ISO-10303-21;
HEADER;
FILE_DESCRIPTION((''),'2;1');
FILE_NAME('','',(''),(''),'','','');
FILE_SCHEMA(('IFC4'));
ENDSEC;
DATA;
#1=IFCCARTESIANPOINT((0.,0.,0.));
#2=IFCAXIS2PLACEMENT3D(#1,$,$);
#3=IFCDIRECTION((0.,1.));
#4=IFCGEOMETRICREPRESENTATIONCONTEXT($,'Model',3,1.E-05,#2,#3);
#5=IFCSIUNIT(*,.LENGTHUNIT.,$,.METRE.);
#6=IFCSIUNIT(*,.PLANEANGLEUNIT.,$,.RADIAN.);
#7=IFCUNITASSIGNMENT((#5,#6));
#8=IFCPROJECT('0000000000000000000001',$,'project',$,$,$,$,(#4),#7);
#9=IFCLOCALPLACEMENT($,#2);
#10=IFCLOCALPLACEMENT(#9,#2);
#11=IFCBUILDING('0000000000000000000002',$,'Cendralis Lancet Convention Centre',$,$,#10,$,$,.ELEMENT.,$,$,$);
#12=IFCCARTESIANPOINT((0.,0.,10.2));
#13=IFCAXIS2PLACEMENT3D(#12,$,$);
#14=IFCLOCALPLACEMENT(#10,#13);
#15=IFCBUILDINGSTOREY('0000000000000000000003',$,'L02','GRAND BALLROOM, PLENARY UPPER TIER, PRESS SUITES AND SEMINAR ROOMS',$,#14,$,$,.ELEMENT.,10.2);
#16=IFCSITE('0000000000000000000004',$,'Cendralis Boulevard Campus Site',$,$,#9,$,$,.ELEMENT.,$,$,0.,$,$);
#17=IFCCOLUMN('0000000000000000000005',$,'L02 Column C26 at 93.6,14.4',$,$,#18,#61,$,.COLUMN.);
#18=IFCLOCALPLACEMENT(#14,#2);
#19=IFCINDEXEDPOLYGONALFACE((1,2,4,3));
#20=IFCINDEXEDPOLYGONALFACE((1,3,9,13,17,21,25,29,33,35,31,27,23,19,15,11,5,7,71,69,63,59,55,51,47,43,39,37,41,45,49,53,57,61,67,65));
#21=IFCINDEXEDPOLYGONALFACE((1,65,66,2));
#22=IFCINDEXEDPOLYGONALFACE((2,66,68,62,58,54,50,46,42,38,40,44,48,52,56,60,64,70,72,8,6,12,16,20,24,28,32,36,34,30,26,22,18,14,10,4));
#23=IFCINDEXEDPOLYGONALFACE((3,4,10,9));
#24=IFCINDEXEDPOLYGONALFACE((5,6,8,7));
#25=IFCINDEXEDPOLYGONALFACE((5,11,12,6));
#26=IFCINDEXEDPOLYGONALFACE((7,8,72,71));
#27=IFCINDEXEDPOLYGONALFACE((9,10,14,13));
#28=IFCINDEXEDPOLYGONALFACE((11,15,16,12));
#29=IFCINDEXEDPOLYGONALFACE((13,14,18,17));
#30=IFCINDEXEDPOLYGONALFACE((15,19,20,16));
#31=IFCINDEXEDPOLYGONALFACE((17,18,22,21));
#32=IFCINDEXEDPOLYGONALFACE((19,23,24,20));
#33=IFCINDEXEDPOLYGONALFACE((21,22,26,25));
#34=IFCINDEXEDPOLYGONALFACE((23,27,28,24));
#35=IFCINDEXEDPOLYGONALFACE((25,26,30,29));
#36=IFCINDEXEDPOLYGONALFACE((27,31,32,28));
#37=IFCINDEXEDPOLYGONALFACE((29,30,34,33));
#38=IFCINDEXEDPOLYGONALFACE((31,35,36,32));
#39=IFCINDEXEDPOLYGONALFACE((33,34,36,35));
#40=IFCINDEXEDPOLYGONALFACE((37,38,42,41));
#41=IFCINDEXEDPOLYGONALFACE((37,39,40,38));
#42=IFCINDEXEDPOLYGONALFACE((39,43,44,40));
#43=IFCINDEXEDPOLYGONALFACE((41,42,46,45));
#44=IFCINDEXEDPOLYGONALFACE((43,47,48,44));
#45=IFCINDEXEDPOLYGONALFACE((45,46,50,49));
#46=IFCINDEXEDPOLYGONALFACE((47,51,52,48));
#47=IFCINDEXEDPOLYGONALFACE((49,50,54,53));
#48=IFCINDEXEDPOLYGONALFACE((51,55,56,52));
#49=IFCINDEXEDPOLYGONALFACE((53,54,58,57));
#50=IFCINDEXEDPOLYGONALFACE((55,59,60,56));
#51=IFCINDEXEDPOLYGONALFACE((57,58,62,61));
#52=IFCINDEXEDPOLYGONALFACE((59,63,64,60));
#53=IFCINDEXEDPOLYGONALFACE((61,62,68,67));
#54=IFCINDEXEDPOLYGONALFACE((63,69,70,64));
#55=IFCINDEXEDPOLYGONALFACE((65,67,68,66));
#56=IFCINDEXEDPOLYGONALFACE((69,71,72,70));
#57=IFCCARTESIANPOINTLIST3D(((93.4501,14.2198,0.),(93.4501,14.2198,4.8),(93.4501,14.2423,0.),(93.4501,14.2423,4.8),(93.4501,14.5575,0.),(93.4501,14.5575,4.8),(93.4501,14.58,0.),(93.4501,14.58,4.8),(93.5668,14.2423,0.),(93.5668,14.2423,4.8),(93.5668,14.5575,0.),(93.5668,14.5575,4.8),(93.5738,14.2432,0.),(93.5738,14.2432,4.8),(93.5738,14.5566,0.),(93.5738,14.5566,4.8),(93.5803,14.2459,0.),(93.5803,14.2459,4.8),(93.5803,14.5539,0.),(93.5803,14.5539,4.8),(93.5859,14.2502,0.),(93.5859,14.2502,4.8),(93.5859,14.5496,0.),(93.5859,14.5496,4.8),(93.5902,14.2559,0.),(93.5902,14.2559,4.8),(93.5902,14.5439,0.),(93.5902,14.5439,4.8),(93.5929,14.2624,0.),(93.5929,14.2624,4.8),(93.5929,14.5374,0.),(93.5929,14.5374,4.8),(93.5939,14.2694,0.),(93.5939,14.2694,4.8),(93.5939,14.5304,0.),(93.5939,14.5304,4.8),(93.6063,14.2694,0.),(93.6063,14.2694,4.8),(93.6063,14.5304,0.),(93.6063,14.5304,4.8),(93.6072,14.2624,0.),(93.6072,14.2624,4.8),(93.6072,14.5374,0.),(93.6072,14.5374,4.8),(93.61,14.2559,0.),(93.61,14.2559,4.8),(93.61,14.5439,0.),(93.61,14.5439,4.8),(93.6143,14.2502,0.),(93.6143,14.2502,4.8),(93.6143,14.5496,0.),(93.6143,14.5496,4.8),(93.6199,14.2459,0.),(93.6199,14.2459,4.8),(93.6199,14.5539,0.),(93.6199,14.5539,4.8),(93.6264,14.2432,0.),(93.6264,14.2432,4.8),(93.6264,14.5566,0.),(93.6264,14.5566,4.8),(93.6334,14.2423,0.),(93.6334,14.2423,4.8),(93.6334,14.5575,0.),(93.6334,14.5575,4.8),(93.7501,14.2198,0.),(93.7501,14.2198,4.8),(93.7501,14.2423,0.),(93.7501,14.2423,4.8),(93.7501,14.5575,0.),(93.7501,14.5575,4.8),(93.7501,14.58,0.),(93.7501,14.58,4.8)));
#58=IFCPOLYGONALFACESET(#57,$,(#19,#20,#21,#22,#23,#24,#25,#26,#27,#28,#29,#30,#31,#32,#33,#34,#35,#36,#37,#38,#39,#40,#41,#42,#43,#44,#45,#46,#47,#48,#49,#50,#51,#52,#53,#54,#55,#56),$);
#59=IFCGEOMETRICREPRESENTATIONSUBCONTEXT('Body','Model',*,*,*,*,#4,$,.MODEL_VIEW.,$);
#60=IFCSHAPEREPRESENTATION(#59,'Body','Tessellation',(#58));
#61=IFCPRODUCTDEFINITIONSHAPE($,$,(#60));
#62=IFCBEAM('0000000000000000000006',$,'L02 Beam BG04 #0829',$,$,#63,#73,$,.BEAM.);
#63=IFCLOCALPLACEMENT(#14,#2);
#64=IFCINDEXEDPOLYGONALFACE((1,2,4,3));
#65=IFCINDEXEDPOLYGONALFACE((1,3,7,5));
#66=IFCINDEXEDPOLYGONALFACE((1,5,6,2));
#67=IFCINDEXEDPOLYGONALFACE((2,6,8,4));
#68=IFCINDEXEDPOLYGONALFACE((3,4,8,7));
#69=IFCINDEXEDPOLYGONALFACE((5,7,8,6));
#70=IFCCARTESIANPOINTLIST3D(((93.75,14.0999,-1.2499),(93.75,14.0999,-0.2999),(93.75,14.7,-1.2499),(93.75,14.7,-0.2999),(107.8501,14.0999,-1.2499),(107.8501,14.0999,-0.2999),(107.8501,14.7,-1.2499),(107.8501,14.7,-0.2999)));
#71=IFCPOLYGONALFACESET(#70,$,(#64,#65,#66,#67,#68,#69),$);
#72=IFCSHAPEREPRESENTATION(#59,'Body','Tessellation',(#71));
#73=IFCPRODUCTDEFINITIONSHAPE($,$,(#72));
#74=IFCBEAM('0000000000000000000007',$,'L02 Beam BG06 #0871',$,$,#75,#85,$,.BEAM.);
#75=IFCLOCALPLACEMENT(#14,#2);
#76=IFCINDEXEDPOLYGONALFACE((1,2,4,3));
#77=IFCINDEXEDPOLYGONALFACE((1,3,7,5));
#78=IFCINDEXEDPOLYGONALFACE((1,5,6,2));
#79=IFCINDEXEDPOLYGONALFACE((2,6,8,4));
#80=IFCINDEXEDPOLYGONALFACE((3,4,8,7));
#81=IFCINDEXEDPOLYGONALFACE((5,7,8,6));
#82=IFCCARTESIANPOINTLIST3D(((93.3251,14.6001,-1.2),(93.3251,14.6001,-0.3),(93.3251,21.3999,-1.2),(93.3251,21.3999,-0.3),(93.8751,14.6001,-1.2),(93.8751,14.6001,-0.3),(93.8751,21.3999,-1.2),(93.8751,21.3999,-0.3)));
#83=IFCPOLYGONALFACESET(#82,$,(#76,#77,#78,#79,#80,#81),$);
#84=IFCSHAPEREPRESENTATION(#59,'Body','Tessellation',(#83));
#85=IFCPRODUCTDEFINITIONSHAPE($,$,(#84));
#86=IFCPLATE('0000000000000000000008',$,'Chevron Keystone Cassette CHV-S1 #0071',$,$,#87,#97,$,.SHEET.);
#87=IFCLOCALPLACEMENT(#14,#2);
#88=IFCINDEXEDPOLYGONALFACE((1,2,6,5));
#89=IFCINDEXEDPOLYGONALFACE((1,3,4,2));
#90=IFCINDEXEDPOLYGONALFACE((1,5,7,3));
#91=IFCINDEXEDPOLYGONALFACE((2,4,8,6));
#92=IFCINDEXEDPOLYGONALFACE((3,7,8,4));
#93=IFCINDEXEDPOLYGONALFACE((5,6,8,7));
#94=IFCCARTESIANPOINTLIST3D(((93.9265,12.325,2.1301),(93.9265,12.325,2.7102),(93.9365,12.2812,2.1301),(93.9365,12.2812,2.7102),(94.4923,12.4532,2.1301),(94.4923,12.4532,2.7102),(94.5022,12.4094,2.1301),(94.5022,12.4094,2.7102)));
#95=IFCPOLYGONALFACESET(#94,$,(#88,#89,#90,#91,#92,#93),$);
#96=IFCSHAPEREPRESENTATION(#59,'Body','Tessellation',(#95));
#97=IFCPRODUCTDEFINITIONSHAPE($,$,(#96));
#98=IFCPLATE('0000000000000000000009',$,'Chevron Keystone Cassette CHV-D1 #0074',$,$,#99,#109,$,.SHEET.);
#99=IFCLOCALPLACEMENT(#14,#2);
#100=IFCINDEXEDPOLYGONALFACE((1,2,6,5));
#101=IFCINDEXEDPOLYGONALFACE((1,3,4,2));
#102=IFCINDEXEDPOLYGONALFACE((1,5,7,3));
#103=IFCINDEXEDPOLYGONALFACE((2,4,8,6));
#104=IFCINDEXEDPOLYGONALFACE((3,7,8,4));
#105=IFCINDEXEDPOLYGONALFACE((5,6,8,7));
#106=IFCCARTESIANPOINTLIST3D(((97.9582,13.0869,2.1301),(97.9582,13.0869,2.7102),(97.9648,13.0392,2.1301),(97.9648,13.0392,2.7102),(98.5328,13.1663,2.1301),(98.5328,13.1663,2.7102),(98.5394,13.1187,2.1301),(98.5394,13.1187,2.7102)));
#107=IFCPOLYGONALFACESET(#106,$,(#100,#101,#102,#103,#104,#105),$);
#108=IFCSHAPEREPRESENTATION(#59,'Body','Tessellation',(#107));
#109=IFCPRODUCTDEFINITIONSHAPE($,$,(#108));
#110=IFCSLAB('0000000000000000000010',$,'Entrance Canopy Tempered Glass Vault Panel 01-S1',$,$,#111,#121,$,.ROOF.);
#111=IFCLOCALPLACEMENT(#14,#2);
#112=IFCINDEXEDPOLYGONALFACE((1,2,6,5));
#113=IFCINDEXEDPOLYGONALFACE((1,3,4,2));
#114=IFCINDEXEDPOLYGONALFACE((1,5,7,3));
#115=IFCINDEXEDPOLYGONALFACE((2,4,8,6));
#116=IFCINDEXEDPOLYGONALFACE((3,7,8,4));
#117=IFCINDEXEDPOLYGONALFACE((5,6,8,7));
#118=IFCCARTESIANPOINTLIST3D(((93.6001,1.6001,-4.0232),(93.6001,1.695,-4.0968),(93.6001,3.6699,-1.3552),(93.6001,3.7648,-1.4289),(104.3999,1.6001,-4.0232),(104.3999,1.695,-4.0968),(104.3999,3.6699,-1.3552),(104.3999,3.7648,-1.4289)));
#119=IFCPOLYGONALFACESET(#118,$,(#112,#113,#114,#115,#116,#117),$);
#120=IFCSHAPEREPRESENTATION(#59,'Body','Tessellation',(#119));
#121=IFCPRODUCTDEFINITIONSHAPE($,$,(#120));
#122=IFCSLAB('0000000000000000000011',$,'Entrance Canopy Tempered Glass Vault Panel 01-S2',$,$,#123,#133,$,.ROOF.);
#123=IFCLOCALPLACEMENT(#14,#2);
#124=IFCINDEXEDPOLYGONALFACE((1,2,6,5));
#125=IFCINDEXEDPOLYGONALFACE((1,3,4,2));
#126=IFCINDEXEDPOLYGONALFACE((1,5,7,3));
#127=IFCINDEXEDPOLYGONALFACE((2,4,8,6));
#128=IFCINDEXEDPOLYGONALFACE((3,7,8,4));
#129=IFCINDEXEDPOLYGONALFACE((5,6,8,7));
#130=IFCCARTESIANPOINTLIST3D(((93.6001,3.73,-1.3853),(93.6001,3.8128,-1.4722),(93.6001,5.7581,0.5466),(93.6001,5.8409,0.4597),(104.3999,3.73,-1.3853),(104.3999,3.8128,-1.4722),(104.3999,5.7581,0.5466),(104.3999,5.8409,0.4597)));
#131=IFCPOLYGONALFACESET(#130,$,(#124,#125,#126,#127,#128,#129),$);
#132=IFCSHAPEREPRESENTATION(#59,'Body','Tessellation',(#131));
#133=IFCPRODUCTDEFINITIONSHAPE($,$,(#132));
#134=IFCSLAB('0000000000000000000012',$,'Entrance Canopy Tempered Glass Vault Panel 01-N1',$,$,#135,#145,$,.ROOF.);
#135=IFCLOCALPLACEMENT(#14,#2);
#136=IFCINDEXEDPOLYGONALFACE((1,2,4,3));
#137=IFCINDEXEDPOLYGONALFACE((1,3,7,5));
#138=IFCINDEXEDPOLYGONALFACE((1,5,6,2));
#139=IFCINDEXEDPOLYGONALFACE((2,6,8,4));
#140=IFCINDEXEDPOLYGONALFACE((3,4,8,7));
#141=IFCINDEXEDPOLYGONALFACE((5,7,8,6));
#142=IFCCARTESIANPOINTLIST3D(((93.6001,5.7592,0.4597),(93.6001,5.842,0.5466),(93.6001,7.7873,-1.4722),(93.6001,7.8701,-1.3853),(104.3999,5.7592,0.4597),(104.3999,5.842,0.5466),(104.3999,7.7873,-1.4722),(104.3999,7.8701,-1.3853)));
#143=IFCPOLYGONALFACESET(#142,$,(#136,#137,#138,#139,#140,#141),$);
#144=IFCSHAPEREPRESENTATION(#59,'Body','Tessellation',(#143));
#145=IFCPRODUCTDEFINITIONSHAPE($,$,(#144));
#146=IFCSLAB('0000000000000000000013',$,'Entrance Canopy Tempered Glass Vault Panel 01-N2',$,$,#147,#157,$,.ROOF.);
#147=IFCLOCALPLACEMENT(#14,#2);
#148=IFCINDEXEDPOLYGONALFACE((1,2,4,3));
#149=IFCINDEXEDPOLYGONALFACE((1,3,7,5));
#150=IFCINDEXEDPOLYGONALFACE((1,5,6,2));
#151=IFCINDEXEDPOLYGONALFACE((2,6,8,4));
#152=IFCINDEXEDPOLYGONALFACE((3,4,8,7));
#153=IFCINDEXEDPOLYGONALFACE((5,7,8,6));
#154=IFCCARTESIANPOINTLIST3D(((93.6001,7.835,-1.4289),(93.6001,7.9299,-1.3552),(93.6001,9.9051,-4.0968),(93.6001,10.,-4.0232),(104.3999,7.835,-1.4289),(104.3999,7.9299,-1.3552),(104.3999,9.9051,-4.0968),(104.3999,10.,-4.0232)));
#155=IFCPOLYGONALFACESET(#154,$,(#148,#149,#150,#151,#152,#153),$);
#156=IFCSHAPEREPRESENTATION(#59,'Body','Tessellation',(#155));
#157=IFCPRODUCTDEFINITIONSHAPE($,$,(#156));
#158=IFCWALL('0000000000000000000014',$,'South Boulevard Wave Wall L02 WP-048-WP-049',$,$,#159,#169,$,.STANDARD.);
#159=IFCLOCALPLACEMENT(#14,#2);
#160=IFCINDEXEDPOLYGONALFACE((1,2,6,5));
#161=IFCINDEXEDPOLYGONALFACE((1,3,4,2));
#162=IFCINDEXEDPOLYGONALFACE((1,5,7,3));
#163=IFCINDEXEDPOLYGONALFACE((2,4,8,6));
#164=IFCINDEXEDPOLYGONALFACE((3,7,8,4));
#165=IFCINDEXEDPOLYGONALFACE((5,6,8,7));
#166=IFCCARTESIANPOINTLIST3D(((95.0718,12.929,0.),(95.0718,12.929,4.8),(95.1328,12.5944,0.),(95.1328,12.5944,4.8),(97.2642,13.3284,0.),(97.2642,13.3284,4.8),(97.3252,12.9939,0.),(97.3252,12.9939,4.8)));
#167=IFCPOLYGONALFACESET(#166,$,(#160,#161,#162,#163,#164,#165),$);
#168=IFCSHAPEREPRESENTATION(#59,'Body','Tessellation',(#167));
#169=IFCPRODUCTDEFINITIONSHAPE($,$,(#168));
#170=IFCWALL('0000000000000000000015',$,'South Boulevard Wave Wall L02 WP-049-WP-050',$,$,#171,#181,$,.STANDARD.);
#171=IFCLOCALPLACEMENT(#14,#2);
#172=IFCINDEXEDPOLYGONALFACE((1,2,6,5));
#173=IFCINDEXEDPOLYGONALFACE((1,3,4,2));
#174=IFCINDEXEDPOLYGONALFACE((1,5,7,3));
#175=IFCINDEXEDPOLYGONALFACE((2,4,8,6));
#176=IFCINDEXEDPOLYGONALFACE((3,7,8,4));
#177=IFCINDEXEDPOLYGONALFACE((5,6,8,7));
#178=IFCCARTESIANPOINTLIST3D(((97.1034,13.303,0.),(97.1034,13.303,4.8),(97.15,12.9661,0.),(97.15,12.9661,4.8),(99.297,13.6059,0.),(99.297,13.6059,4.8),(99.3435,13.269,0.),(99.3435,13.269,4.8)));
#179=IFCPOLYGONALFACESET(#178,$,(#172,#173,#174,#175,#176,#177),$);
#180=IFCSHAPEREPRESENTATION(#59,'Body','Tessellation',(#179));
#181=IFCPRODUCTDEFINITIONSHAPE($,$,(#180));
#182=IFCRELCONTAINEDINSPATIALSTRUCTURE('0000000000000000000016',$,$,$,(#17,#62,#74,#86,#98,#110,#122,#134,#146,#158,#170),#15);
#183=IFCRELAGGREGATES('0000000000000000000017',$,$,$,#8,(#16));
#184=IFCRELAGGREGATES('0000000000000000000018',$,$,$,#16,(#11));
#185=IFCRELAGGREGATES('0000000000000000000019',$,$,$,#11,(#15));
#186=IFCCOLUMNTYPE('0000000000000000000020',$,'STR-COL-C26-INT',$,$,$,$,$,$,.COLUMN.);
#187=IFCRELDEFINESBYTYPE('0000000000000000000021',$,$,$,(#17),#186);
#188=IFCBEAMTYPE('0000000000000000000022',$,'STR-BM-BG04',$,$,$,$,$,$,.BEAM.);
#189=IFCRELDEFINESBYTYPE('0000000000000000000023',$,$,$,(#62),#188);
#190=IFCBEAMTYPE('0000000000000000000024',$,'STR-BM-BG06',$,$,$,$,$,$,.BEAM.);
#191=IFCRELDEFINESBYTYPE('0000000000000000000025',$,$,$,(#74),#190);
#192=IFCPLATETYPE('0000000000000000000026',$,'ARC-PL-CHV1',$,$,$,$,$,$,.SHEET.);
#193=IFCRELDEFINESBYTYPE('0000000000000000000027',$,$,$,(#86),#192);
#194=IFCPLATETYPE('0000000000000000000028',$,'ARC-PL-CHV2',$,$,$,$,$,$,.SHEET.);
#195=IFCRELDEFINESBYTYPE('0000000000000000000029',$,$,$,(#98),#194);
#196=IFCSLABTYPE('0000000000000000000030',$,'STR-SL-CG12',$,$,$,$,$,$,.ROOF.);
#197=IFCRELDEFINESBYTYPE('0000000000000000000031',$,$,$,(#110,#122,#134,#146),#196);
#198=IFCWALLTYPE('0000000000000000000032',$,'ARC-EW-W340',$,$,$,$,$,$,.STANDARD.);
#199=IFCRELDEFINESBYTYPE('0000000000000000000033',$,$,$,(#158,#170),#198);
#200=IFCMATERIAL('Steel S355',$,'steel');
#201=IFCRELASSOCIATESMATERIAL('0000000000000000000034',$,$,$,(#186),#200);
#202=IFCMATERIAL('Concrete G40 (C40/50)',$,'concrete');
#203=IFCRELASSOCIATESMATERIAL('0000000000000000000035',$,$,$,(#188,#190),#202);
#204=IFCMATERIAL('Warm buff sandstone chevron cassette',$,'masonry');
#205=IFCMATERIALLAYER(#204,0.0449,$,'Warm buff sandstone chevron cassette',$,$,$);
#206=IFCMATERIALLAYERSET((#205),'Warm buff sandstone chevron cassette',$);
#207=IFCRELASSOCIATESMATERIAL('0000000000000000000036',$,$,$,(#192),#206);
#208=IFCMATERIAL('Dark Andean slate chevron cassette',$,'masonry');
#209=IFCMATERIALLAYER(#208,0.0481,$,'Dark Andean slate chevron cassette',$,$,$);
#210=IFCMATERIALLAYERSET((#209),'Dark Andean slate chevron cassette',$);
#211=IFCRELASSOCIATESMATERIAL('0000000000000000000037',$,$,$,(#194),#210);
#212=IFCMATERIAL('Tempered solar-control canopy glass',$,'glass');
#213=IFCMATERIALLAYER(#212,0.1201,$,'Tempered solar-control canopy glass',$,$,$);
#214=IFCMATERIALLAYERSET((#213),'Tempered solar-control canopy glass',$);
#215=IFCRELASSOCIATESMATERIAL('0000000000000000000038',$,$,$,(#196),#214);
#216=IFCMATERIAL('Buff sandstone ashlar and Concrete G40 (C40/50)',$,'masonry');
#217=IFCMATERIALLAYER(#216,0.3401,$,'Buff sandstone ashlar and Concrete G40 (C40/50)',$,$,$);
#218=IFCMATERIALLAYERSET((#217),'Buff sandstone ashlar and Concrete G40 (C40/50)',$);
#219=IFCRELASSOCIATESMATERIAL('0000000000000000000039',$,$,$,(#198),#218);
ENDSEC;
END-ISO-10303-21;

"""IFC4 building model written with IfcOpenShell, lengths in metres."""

from ifc_helpers import new_model, si_unit, direction, frame, frame_2d, origin, origin_2d, place, context, subcontext, project, spatial, polyline, rectangle, i_section, outline, extrude, material, layer, layer_set, material_profile, profile_set, type_object, element, save


model = new_model("IFC4")

# Units and contexts
model_context = context("Model", 3, precision=1e-05, world=origin(), true_north=direction((0.0, 1.0)))
body_context = subcontext(model_context, "Body", "Model", "MODEL_VIEW")
ifc_project = project(units=[si_unit("LENGTHUNIT", "METRE"), si_unit("PLANEANGLEUNIT", "RADIAN")], contexts=[model_context])

# Site, building, storey
site_placement = place(None, origin())
site = spatial("IfcSite", under=ifc_project, at=site_placement, Name="Cendralis Boulevard Campus Site", CompositionType="ELEMENT", RefElevation=0.0)
building_placement = place(site_placement, origin())
building = spatial("IfcBuilding", under=site, at=building_placement, Name="Cendralis Lancet Convention Centre", CompositionType="ELEMENT")
storey_placement = place(building_placement, frame((0.0, 0.0, 10.2)))
storey = spatial("IfcBuildingStorey", under=building, at=storey_placement, Name="L02", Description="GRAND BALLROOM, PLENARY UPPER TIER, PRESS SUITES AND SEMINAR ROOMS", CompositionType="ELEMENT", Elevation=10.2)

# Column
ifc_material_1 = material(Name="Steel S355", Category="steel")
ifc_material_profile_1 = material_profile(ifc_material_1, i_section(OverallWidth=0.3, OverallDepth=0.3601, WebThickness=0.0125, FlangeThickness=0.0225, FilletRadius=0.0271, at=origin_2d()), Name="HEB 360")
ifc_profile_set_1 = profile_set([ifc_material_profile_1], Name="Steel S355")
column_type = type_object("IfcColumnType", Name="STR-COL-C26-INT", PredefinedType="COLUMN", material=ifc_profile_set_1)
column_placement = place(storey_placement, frame((93.6001, 14.3999, 0.0), z_axis=(0.0, 0.0, 1.0), x_axis=(1.0, 0.0, 0.0)))
element("IfcColumn", 1, at=column_placement, inside=storey, type_object=column_type, Name="L02 Column C26 at 93.6,14.4", PredefinedType="COLUMN", context=body_context, shape_type="SweptSolid", body=[
    extrude(i_section(OverallWidth=0.3, OverallDepth=0.3601, WebThickness=0.0125, FlangeThickness=0.0225, FilletRadius=0.0271, at=origin_2d()), origin(), (0.0, 0.0, 1.0), 4.8),
])

# Beams
ifc_material_2 = material(Name="Concrete G40 (C40/50)", Category="concrete")
ifc_material_profile_2 = material_profile(ifc_material_2, rectangle(XDim=0.6001, YDim=0.95, at=origin_2d()), Name="RCB 600x950")
ifc_profile_set_2 = profile_set([ifc_material_profile_2], Name="Concrete G40 (C40/50)")
beam_type_1 = type_object("IfcBeamType", Name="STR-BM-BG04", PredefinedType="BEAM", material=ifc_profile_set_2)
beam_1_placement = place(storey_placement, frame((93.75, 14.3999, -0.7749), z_axis=(1.0, 0.0, 0.0), x_axis=(0.0, 1.0, 0.0)))
element("IfcBeam", 2, at=beam_1_placement, inside=storey, type_object=beam_type_1, Name="L02 Beam BG04 #0829", PredefinedType="BEAM", context=body_context, shape_type="SweptSolid", body=[
    extrude(rectangle(XDim=0.6001, YDim=0.95, at=origin_2d()), origin(), (0.0, 0.0, 1.0), 14.1001),
])
ifc_material_profile_3 = material_profile(ifc_material_2, rectangle(XDim=0.55, YDim=0.8999, at=origin_2d()), Name="RCB 550x900")
ifc_profile_set_3 = profile_set([ifc_material_profile_3], Name="Concrete G40 (C40/50)")
beam_type_2 = type_object("IfcBeamType", Name="STR-BM-BG06", PredefinedType="BEAM", material=ifc_profile_set_3)
beam_2_placement = place(storey_placement, frame((93.6001, 14.6001, -0.75), z_axis=(0.0, 1.0, 0.0), x_axis=(-1.0, 0.0, 0.0)))
element("IfcBeam", 3, at=beam_2_placement, inside=storey, type_object=beam_type_2, Name="L02 Beam BG06 #0871", PredefinedType="BEAM", context=body_context, shape_type="SweptSolid", body=[
    extrude(rectangle(XDim=0.55, YDim=0.8999, at=origin_2d()), origin(), (0.0, 0.0, 1.0), 6.7998),
])

# Plates
ifc_material_3 = material(Name="Warm buff sandstone chevron cassette", Category="masonry")
ifc_layer_1 = layer(ifc_material_3, 0.0449, Name="Warm buff sandstone chevron cassette")
ifc_layer_set_1 = layer_set([ifc_layer_1], Name="Warm buff sandstone chevron cassette")
plate_type_1 = type_object("IfcPlateType", Name="ARC-PL-CHV1", PredefinedType="SHEET", material=ifc_layer_set_1)
plate_1_placement = place(storey_placement, frame((94.2144, 12.3672, 2.1301), z_axis=(0.0, 0.0, 1.0), x_axis=(0.975261, 0.221055, 0.0)))
element("IfcPlate", 4, at=plate_1_placement, inside=storey, type_object=plate_type_1, Name="Chevron Keystone Cassette CHV-S1 #0071", PredefinedType="SHEET", context=body_context, shape_type="SweptSolid", body=[
    extrude(rectangle(XDim=0.5801, YDim=0.0449, at=origin_2d()), origin(), (0.0, 0.0, 1.0), 0.5801),
])
ifc_material_4 = material(Name="Dark Andean slate chevron cassette", Category="masonry")
ifc_layer_2 = layer(ifc_material_4, 0.0481, Name="Dark Andean slate chevron cassette")
ifc_layer_set_2 = layer_set([ifc_layer_2], Name="Dark Andean slate chevron cassette")
plate_type_2 = type_object("IfcPlateType", Name="ARC-PL-CHV2", PredefinedType="SHEET", material=ifc_layer_set_2)
plate_2_placement = place(storey_placement, frame((98.2488, 13.1028, 2.1301), z_axis=(0.0, 0.0, 1.0), x_axis=(0.990577, 0.13696, 0.0)))
element("IfcPlate", 5, at=plate_2_placement, inside=storey, type_object=plate_type_2, Name="Chevron Keystone Cassette CHV-D1 #0074", PredefinedType="SHEET", context=body_context, shape_type="SweptSolid", body=[
    extrude(rectangle(XDim=0.5801, YDim=0.0481, at=origin_2d()), origin(), (0.0, 0.0, 1.0), 0.5801),
])

# Slabs
ifc_material_5 = material(Name="Tempered solar-control canopy glass", Category="glass")
ifc_layer_3 = layer(ifc_material_5, 0.1201, Name="Tempered solar-control canopy glass")
ifc_layer_set_3 = layer_set([ifc_layer_3], Name="Tempered solar-control canopy glass")
slab_type = type_object("IfcSlabType", Name="STR-SL-CG12", PredefinedType="ROOF", material=ifc_layer_set_3)
slab_1_placement = place(storey_placement, frame((93.6001, 1.6001, -4.0232), z_axis=(0.0, -0.790107, 0.612969), x_axis=(1.0, 0.0, 0.0)))
element("IfcSlab", 6, at=slab_1_placement, inside=storey, type_object=slab_type, Name="Entrance Canopy Tempered Glass Vault Panel 01-S1", PredefinedType="ROOF", context=body_context, shape_type="SweptSolid", body=[
    extrude(outline(polyline([(0.0, 0.0), (10.7998, 0.0), (10.7998, 3.3767), (0.0, 3.3767), (0.0, 0.0)])), origin(), (0.0, 0.0, -1.0), 0.1201),
])
for number, where, z_axis, x_axis, name in (
    (7, (93.6001, 3.73, -1.3853), (0.0, -0.689727, 0.72407), (1.0, 0.0, 0.0), "Entrance Canopy Tempered Glass Vault Panel 01-S2"),
    (8, (93.6001, 5.842, 0.5466), (0.0, 0.689727, 0.72407), (1.0, 0.0, 0.0), "Entrance Canopy Tempered Glass Vault Panel 01-N1"),
):
    element("IfcSlab", number, at=place(storey_placement, frame(where, z_axis=z_axis, x_axis=x_axis)), inside=storey, type_object=slab_type, Name=name, PredefinedType="ROOF", context=body_context, shape_type="SweptSolid", body=[
        extrude(outline(polyline([(0.0, 0.0), (10.7998, 0.0), (10.7998, 2.8009), (0.0, 2.8009), (0.0, 0.0)])), origin(), (0.0, 0.0, -1.0), 0.1201),
    ])
slab_2_placement = place(storey_placement, frame((93.6001, 7.9299, -1.3552), z_axis=(0.0, 0.790072, 0.613014), x_axis=(1.0, 0.0, 0.0)))
element("IfcSlab", 9, at=slab_2_placement, inside=storey, type_object=slab_type, Name="Entrance Canopy Tempered Glass Vault Panel 01-N2", PredefinedType="ROOF", context=body_context, shape_type="SweptSolid", body=[
    extrude(outline(polyline([(0.0, 0.0), (10.7998, 0.0), (10.7998, 3.3769), (0.0, 3.3769), (0.0, 0.0)])), origin(), (0.0, 0.0, -1.0), 0.1201),
])

# Walls
ifc_material_6 = material(Name="Buff sandstone ashlar and Concrete G40 (C40/50)", Category="masonry")
ifc_layer_4 = layer(ifc_material_6, 0.3401, Name="Buff sandstone ashlar and Concrete G40 (C40/50)")
ifc_layer_set_4 = layer_set([ifc_layer_4], Name="Buff sandstone ashlar and Concrete G40 (C40/50)")
wall_type = type_object("IfcWallType", Name="ARC-EW-W340", PredefinedType="STANDARD", material=ifc_layer_set_4)
wall_1_placement = place(storey_placement, frame((95.1023, 12.7617, 0.0), z_axis=(0.0, 0.0, 1.0), x_axis=(0.983807, 0.179232, 0.0)))
element("IfcWall", 10, at=wall_1_placement, inside=storey, type_object=wall_type, Name="South Boulevard Wave Wall L02 WP-048-WP-049", PredefinedType="STANDARD", context=body_context, shape_type="SweptSolid", body=[
    extrude(rectangle(XDim=2.2285, YDim=0.3401, at=frame_2d((1.1143, 0.0))), origin(), (0.0, 0.0, 1.0), 4.8),
])
wall_2_placement = place(storey_placement, frame((97.1267, 13.1345, 0.0), z_axis=(0.0, 0.0, 1.0), x_axis=(0.990596, 0.13682, 0.0)))
element("IfcWall", 11, at=wall_2_placement, inside=storey, type_object=wall_type, Name="South Boulevard Wave Wall L02 WP-049-WP-050", PredefinedType="STANDARD", context=body_context, shape_type="SweptSolid", body=[
    extrude(rectangle(XDim=2.2144, YDim=0.3401, at=frame_2d((1.1072, 0.0))), origin(), (0.0, 0.0, 1.0), 4.8),
])

save(model, "model.ifc")
